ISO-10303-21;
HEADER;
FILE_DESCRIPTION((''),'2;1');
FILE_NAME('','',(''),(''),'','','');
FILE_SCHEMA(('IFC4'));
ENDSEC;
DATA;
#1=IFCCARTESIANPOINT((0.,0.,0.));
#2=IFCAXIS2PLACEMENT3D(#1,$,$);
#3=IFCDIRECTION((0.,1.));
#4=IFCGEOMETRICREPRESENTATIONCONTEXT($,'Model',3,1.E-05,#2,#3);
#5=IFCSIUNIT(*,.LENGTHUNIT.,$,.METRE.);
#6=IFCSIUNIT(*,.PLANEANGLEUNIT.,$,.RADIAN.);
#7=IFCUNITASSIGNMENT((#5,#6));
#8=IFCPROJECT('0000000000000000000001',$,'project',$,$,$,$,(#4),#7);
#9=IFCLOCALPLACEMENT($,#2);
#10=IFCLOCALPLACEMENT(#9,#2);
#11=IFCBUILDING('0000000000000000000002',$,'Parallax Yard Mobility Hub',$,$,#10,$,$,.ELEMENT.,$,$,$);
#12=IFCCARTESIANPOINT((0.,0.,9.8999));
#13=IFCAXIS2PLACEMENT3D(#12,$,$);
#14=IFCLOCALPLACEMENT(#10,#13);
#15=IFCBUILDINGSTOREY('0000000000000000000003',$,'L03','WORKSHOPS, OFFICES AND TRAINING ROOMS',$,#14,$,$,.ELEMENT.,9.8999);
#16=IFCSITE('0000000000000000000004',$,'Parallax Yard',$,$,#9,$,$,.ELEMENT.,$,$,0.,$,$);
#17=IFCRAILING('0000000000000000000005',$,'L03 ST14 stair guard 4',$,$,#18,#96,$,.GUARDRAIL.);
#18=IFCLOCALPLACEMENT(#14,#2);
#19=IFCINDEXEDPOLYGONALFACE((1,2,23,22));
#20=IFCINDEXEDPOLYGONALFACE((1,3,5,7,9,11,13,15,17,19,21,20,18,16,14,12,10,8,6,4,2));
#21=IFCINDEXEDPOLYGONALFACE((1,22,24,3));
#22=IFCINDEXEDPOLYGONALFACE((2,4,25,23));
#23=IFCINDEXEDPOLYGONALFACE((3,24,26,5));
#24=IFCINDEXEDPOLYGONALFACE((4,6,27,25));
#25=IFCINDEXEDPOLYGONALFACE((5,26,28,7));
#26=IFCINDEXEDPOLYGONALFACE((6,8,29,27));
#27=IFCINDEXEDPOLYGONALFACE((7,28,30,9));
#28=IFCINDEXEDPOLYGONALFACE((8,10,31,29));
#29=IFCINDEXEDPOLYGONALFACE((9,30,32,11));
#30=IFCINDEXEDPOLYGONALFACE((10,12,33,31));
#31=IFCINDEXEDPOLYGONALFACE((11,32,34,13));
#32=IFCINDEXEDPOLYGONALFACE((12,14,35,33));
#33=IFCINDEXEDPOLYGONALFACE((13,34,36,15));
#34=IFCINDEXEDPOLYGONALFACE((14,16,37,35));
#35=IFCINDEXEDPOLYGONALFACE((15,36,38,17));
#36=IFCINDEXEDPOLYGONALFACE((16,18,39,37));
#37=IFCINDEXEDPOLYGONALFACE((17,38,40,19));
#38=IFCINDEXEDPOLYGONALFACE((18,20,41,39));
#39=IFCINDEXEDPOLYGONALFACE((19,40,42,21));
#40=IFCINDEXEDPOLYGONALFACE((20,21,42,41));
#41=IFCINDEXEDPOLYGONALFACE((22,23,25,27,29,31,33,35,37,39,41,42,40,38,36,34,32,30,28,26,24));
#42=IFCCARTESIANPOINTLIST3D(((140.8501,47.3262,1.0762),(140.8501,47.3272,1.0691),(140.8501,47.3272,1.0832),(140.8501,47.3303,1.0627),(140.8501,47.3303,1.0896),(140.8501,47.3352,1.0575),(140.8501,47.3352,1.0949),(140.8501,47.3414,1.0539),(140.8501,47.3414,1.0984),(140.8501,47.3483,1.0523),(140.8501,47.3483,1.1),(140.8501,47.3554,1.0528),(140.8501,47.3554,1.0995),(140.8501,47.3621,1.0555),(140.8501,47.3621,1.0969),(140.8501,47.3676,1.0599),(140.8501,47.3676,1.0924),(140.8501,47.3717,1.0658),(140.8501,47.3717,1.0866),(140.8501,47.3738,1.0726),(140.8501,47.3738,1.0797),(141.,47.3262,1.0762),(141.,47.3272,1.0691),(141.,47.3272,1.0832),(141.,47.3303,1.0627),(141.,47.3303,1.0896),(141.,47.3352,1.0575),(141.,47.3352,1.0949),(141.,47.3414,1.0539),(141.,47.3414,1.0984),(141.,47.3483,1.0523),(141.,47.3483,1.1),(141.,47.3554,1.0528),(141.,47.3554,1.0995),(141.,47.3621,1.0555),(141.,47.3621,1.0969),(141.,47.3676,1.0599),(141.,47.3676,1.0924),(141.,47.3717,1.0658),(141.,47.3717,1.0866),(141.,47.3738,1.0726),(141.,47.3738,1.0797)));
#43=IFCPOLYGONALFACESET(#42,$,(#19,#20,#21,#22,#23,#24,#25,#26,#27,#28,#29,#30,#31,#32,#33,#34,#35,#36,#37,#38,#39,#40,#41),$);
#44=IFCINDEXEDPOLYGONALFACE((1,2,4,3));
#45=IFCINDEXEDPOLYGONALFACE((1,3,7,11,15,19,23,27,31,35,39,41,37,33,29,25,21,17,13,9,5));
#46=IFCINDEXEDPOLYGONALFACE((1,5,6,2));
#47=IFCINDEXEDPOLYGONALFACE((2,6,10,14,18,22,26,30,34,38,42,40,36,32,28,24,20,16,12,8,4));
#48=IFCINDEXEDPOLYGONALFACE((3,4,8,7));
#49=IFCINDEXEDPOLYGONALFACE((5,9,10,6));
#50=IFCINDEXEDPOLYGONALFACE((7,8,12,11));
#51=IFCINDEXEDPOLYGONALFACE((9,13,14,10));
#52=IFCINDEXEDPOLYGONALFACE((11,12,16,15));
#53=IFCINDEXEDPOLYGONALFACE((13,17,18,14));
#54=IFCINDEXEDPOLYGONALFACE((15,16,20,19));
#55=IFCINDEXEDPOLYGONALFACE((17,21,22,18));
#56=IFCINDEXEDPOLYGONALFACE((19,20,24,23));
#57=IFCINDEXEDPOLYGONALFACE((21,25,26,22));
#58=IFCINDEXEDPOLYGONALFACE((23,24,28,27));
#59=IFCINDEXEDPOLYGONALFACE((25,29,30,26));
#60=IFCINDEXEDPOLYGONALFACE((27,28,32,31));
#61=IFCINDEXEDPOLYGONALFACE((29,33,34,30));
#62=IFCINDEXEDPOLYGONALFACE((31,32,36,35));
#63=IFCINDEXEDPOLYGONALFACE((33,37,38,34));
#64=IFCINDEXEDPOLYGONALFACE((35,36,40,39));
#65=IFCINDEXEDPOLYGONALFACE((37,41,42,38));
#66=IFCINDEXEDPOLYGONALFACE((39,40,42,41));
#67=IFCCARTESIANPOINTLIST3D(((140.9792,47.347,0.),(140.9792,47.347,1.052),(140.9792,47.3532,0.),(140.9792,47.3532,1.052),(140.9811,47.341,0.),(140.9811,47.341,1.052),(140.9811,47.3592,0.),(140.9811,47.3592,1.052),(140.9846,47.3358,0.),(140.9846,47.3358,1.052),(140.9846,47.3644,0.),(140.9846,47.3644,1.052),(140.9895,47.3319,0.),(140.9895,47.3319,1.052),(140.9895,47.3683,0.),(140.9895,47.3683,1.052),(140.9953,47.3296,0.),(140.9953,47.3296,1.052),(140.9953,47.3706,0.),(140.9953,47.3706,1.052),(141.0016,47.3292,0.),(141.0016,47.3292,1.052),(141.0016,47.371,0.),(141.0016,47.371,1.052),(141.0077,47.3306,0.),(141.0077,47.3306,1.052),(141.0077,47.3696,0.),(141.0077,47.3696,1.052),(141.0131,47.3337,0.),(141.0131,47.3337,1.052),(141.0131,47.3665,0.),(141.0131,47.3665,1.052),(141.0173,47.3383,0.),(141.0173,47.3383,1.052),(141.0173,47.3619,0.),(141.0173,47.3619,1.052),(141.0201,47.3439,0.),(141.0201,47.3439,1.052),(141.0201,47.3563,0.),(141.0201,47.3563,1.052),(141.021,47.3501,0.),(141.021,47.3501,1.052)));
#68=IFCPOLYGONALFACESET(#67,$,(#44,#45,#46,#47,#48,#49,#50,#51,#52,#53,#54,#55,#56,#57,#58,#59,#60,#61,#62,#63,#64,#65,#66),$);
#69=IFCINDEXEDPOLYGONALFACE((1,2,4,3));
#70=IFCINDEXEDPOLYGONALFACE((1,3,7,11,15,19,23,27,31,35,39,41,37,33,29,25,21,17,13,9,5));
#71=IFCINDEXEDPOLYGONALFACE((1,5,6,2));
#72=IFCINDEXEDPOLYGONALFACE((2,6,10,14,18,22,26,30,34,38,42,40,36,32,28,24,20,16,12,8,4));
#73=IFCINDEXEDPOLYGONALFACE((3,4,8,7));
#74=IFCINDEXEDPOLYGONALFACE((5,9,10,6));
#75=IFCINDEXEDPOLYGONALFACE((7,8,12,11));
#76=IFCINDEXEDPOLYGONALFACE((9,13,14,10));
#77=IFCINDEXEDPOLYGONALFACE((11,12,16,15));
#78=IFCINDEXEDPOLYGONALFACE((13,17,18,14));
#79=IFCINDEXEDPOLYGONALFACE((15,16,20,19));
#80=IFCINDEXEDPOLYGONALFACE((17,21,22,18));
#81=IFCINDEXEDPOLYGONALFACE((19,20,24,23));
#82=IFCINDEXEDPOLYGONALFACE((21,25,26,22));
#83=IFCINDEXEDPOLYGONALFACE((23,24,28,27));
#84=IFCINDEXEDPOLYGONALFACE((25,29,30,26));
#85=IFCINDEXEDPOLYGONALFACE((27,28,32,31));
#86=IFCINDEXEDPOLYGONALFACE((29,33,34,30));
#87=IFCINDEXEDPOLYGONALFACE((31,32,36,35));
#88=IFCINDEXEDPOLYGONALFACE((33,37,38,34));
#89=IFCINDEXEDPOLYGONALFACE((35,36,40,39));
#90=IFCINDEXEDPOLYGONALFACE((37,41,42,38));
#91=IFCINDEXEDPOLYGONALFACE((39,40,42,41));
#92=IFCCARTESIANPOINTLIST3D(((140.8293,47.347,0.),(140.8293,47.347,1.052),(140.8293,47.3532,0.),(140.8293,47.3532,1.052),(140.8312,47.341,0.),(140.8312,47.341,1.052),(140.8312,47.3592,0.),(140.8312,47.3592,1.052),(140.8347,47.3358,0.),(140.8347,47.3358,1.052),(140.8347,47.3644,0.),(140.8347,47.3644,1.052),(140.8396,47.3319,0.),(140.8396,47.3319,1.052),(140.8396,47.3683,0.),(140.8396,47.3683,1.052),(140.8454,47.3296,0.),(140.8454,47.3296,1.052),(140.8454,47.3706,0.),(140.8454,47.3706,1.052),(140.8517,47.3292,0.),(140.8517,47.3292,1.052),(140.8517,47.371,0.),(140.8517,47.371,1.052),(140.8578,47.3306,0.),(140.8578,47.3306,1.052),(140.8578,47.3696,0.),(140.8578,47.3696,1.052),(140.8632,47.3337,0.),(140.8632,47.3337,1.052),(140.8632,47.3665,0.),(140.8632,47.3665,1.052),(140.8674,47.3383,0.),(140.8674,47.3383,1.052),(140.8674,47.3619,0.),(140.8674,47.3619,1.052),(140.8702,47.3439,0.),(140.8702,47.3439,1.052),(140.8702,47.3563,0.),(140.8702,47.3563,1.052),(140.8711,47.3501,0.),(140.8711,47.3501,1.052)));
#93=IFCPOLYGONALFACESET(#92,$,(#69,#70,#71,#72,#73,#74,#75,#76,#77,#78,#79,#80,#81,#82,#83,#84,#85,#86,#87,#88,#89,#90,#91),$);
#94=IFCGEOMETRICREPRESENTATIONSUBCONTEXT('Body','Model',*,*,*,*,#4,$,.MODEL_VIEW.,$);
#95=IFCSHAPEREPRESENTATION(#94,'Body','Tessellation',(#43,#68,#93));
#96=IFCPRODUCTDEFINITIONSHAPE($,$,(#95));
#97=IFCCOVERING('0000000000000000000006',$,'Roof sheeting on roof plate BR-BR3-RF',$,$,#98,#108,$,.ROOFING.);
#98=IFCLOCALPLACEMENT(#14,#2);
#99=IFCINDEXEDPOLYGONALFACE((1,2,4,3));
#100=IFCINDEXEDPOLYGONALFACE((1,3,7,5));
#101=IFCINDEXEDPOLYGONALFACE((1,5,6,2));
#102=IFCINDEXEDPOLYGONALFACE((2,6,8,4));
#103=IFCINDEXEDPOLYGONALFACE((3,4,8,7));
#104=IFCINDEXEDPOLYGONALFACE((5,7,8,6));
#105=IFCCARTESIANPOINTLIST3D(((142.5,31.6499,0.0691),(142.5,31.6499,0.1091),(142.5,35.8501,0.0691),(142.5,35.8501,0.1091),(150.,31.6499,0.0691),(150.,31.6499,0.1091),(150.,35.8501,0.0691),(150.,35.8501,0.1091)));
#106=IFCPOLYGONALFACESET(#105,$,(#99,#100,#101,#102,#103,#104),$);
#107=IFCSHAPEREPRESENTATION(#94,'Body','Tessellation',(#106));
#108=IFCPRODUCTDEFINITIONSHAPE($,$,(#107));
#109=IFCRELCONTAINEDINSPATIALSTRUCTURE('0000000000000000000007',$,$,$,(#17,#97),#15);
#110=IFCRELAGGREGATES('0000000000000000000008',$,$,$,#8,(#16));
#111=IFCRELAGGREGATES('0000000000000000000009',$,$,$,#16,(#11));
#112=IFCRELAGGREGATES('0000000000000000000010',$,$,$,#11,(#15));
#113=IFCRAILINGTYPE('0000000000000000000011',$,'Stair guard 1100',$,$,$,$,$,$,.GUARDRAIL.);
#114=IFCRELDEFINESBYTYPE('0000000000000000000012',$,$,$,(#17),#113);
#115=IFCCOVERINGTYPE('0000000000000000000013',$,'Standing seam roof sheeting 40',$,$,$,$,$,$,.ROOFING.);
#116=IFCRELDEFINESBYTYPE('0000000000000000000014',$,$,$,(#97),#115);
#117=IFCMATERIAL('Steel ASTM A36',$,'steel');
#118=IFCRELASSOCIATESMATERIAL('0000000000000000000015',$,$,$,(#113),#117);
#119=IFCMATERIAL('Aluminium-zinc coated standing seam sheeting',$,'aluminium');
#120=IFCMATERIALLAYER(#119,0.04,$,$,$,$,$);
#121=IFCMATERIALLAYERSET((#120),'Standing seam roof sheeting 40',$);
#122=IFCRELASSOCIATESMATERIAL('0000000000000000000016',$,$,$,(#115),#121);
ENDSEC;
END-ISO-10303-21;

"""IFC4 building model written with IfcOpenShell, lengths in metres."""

from ifc_helpers import new_model, si_unit, direction, frame, origin, origin_2d, place, context, subcontext, project, spatial, polyline, circle, outline, extrude, material, layer, layer_set, type_object, element, save


model = new_model("IFC4")

# Units and contexts
model_context = context("Model", 3, precision=1e-05, world=origin(), true_north=direction((0.0, 1.0)))
body_context = subcontext(model_context, "Body", "Model", "MODEL_VIEW")
ifc_project = project(units=[si_unit("LENGTHUNIT", "METRE"), si_unit("PLANEANGLEUNIT", "RADIAN")], contexts=[model_context])

# Site, building, storey
site_placement = place(None, origin())
site = spatial("IfcSite", under=ifc_project, at=site_placement, Name="Parallax Yard", CompositionType="ELEMENT", RefElevation=0.0)
building_placement = place(site_placement, origin())
building = spatial("IfcBuilding", under=site, at=building_placement, Name="Parallax Yard Mobility Hub", CompositionType="ELEMENT")
storey_placement = place(building_placement, frame((0.0, 0.0, 9.8999)))
storey = spatial("IfcBuildingStorey", under=building, at=storey_placement, Name="L03", Description="WORKSHOPS, OFFICES AND TRAINING ROOMS", CompositionType="ELEMENT", Elevation=9.8999)

# Railing
ifc_material_1 = material(Name="Steel ASTM A36", Category="steel")
railing_type = type_object("IfcRailingType", Name="Stair guard 1100", PredefinedType="GUARDRAIL", material=ifc_material_1)
railing_placement = place(storey_placement, frame((141.0, 47.3501, 0.0)))
element("IfcRailing", 1, at=railing_placement, inside=storey, type_object=railing_type, Name="L03 ST14 stair guard 4", PredefinedType="GUARDRAIL", context=body_context, shape_type="SweptSolid", body=[
    extrude(circle(Radius=0.0239, at=origin_2d()), frame((0.0, 0.0, 1.0762), z_axis=(-1.0, 0.0, 0.0), x_axis=(0.0, -1.0, 0.0)), (0.0, 0.0, 1.0), 0.1499),
    extrude(circle(Radius=0.021, at=origin_2d()), origin(), (0.0, 0.0, 1.0), 1.052),
    extrude(circle(Radius=0.021, at=origin_2d()), frame((-0.1499, 0.0, 0.0)), (0.0, 0.0, 1.0), 1.052),
])

# Covering
ifc_material_2 = material(Name="Aluminium-zinc coated standing seam sheeting", Category="aluminium")
ifc_layer_1 = layer(ifc_material_2, 0.04)
ifc_layer_set_1 = layer_set([ifc_layer_1], Name="Standing seam roof sheeting 40")
covering_type = type_object("IfcCoveringType", Name="Standing seam roof sheeting 40", PredefinedType="ROOFING", material=ifc_layer_set_1)
covering_placement = place(storey_placement, frame((142.5, 31.6499, 0.1091), z_axis=(0.0, 0.0, 1.0), x_axis=(1.0, 0.0, 0.0)))
element("IfcCovering", 2, at=covering_placement, inside=storey, type_object=covering_type, Name="Roof sheeting on roof plate BR-BR3-RF", PredefinedType="ROOFING", context=body_context, shape_type="SweptSolid", body=[
    extrude(outline(polyline([(0.0, 0.0), (7.5, 0.0), (7.5, 4.2002), (0.0, 4.2002), (0.0, 0.0)])), origin(), (0.0, 0.0, -1.0), 0.04),
])

save(model, "model.ifc")
